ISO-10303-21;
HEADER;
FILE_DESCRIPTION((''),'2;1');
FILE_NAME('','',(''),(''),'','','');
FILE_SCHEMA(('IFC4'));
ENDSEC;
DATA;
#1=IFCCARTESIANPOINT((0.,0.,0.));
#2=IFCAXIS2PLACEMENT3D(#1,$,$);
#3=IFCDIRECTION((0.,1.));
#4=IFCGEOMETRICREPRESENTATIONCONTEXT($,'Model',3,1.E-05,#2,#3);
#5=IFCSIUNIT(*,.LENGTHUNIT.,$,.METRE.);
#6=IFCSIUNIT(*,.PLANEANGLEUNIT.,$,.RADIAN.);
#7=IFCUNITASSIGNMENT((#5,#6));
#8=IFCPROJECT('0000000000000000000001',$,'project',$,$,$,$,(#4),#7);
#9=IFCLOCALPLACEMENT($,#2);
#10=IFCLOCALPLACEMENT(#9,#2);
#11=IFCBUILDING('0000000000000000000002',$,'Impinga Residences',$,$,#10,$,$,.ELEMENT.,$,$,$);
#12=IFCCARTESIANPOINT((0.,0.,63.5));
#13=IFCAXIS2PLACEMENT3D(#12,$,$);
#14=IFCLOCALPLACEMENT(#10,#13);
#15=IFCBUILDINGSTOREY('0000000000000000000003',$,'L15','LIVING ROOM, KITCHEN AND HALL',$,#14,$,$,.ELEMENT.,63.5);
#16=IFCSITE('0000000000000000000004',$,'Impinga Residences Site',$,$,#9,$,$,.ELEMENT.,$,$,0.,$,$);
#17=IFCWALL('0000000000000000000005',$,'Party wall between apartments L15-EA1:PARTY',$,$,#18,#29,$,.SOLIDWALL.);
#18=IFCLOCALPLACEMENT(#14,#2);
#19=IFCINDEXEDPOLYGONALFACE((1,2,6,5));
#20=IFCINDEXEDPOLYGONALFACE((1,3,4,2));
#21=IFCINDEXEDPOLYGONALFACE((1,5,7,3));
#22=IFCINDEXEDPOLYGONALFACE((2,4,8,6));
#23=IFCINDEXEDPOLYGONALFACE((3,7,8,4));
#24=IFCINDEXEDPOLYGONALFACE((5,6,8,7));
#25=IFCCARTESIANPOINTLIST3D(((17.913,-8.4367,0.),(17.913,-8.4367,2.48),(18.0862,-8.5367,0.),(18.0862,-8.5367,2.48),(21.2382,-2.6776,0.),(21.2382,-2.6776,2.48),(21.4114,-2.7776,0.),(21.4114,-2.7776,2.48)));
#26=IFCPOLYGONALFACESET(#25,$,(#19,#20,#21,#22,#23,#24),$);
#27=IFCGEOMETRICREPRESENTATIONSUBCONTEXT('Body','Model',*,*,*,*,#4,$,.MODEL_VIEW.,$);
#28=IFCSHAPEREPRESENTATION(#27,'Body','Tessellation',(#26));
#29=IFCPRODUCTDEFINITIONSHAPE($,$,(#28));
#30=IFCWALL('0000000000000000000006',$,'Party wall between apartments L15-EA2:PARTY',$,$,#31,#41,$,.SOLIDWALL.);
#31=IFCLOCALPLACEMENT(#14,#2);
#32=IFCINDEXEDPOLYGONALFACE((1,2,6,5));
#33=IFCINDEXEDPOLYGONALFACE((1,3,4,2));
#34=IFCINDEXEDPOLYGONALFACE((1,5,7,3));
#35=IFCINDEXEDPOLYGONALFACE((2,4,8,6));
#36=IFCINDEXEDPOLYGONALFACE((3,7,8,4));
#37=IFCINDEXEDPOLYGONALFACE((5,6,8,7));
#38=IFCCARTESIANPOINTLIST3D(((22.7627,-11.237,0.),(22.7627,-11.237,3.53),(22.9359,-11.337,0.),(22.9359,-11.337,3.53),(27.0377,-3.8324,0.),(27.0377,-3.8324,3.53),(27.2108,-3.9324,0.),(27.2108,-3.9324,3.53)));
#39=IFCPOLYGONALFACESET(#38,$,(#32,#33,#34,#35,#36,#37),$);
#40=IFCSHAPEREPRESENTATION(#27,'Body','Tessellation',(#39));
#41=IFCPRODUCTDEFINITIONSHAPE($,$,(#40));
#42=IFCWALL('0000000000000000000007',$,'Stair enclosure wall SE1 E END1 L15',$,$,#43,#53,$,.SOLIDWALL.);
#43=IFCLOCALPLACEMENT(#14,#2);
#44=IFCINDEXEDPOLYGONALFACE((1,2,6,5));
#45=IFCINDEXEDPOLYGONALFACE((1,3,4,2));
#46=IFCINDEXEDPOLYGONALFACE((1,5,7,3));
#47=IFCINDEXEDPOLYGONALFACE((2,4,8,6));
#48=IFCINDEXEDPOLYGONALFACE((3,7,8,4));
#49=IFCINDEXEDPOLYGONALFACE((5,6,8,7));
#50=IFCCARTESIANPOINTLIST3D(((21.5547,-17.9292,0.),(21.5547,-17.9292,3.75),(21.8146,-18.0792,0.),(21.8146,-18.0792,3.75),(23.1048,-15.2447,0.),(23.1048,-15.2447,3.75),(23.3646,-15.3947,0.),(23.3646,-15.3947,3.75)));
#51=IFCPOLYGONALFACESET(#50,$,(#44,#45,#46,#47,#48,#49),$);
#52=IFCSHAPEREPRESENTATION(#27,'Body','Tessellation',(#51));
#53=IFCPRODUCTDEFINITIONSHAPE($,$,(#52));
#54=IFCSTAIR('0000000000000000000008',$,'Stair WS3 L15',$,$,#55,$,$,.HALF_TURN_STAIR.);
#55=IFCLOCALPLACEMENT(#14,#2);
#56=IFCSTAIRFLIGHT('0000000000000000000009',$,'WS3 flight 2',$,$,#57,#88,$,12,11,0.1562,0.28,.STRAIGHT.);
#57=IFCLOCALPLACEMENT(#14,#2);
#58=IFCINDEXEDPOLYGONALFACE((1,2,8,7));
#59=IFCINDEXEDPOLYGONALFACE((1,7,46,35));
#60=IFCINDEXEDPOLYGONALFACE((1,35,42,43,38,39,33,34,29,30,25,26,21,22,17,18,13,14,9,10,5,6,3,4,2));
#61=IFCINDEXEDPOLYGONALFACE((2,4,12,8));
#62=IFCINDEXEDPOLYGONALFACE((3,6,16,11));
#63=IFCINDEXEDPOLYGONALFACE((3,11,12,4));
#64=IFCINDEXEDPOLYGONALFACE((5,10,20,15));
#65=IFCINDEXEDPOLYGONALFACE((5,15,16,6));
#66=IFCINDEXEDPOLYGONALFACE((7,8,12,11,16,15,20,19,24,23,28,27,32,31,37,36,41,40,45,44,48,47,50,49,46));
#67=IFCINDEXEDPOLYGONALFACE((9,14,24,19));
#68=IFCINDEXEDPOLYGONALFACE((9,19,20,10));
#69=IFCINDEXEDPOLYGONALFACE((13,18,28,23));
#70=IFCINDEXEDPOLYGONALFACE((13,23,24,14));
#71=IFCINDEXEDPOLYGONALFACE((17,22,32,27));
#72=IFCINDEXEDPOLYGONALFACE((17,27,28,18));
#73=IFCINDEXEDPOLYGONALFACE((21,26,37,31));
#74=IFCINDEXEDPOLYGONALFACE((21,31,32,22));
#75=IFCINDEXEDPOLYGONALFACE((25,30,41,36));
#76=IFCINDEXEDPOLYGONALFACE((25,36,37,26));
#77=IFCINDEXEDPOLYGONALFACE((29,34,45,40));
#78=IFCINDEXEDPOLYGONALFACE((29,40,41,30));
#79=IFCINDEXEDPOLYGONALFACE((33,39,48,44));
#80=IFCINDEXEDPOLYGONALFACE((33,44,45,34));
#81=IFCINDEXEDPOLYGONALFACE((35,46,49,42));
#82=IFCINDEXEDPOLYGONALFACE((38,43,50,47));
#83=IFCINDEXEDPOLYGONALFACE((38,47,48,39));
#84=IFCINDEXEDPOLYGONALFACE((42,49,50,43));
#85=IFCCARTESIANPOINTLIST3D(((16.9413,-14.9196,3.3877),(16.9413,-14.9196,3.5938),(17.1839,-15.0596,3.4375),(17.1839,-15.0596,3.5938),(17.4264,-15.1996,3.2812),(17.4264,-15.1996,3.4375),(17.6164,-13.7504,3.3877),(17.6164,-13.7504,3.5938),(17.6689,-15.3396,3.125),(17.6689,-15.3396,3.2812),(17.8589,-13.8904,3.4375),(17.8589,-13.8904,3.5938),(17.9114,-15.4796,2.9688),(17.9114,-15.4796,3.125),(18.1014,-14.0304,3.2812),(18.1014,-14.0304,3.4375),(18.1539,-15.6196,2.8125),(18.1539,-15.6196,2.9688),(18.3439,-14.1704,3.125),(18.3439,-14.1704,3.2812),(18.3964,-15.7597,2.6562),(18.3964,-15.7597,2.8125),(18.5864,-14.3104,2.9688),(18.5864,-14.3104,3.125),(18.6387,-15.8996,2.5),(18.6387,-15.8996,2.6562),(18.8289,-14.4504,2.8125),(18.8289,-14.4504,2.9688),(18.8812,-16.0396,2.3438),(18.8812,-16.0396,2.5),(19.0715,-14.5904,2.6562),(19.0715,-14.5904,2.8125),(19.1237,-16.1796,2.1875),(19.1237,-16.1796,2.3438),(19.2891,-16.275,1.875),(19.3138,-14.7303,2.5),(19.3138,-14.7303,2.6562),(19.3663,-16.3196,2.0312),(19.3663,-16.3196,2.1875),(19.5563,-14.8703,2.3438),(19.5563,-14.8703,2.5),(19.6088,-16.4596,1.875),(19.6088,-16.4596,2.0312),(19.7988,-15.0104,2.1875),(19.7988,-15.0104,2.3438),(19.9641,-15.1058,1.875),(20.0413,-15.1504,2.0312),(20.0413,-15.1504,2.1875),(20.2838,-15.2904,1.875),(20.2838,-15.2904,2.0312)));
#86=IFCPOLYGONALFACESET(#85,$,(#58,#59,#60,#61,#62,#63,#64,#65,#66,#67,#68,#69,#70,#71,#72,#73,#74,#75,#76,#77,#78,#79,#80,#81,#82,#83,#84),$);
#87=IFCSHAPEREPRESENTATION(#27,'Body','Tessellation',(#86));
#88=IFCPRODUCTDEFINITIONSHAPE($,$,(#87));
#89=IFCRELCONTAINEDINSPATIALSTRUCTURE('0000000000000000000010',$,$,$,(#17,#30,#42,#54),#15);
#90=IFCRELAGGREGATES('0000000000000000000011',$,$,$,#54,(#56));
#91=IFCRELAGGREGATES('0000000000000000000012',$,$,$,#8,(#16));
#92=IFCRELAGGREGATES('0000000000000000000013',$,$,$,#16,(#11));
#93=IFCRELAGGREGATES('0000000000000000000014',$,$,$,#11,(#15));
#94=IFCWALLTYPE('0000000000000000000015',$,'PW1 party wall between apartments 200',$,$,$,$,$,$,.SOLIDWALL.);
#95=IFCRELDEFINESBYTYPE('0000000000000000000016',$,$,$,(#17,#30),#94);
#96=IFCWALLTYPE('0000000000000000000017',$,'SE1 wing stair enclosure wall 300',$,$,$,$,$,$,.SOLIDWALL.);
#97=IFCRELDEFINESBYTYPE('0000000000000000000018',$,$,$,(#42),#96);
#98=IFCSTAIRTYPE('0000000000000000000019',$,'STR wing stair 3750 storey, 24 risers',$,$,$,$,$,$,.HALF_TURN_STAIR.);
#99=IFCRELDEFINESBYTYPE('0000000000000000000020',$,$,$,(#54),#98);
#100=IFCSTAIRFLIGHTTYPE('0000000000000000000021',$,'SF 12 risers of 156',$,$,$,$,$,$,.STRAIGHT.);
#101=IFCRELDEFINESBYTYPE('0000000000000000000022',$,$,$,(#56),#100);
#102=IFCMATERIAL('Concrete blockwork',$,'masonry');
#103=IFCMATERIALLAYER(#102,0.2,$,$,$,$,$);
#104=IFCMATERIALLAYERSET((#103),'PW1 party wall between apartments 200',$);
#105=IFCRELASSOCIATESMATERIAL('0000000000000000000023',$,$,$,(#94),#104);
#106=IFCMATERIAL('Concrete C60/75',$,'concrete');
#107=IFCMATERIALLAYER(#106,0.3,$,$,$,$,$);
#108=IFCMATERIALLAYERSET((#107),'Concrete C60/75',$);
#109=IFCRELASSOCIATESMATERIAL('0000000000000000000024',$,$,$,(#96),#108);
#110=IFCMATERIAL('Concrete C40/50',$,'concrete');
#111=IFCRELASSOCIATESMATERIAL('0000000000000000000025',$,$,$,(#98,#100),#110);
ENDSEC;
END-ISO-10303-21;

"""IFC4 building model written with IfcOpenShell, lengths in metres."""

from ifc_helpers import new_model, si_unit, direction, frame, frame_2d, origin, place, context, subcontext, project, spatial, polyline, rectangle, outline, extrude, material, layer, layer_set, type_object, element, aggregate, save


model = new_model("IFC4")

# Units and contexts
model_context = context("Model", 3, precision=1e-05, world=origin(), true_north=direction((0.0, 1.0)))
body_context = subcontext(model_context, "Body", "Model", "MODEL_VIEW")
ifc_project = project(units=[si_unit("LENGTHUNIT", "METRE"), si_unit("PLANEANGLEUNIT", "RADIAN")], contexts=[model_context])

# Site, building, storey
site_placement = place(None, origin())
site = spatial("IfcSite", under=ifc_project, at=site_placement, Name="Impinga Residences Site", CompositionType="ELEMENT", RefElevation=0.0)
building_placement = place(site_placement, origin())
building = spatial("IfcBuilding", under=site, at=building_placement, Name="Impinga Residences", CompositionType="ELEMENT")
storey_placement = place(building_placement, frame((0.0, 0.0, 63.5)))
storey = spatial("IfcBuildingStorey", under=building, at=storey_placement, Name="L15", Description="LIVING ROOM, KITCHEN AND HALL", CompositionType="ELEMENT", Elevation=63.5)

# Shared definitions
ifc_material_1 = material(Name="Concrete C60/75", Category="concrete")

# Walls
ifc_material_2 = material(Name="Concrete blockwork", Category="masonry")
ifc_layer_1 = layer(ifc_material_2, 0.2)
ifc_layer_set_1 = layer_set([ifc_layer_1], Name="PW1 party wall between apartments 200")
wall_type_1 = type_object("IfcWallType", Name="PW1 party wall between apartments 200", PredefinedType="SOLIDWALL", material=ifc_layer_set_1)
wall_1_placement = place(storey_placement, frame((17.9995, -8.4868, 0.0), z_axis=(0.0, 0.0, 1.0), x_axis=(0.500024, 0.866011, 0.0)))
element("IfcWall", 1, at=wall_1_placement, inside=storey, type_object=wall_type_1, Name="Party wall between apartments L15-EA1:PARTY", PredefinedType="SOLIDWALL", context=body_context, shape_type="SweptSolid", body=[
    extrude(rectangle(XDim=6.6501, YDim=0.2, at=frame_2d((3.3252, 0.0))), origin(), (0.0, 0.0, 1.0), 2.48),
])
wall_2_placement = place(storey_placement, frame((22.8494, -11.2869, 0.0), z_axis=(0.0, 0.0, 1.0), x_axis=(0.49999, 0.866031, 0.0)))
element("IfcWall", 2, at=wall_2_placement, inside=storey, type_object=wall_type_1, Name="Party wall between apartments L15-EA2:PARTY", PredefinedType="SOLIDWALL", context=body_context, shape_type="SweptSolid", body=[
    extrude(rectangle(XDim=8.55, YDim=0.2, at=frame_2d((4.2749, 0.0))), origin(), (0.0, 0.0, 1.0), 3.53),
])
ifc_layer_2 = layer(ifc_material_1, 0.3)
ifc_layer_set_2 = layer_set([ifc_layer_2], Name="Concrete C60/75")
wall_type_2 = type_object("IfcWallType", Name="SE1 wing stair enclosure wall 300", PredefinedType="SOLIDWALL", material=ifc_layer_set_2)
wall_3_placement = place(storey_placement, frame((23.2346, -15.3198, 0.0), z_axis=(0.0, 0.0, 1.0), x_axis=(-0.500027, -0.86601, 0.0)))
element("IfcWall", 3, at=wall_3_placement, inside=storey, type_object=wall_type_2, Name="Stair enclosure wall SE1 E END1 L15", PredefinedType="SOLIDWALL", context=body_context, shape_type="SweptSolid", body=[
    extrude(rectangle(XDim=3.0999, YDim=0.3, at=frame_2d((1.5498, 0.0))), origin(), (0.0, 0.0, 1.0), 3.75),
])

# Stair, stair flight
ifc_material_3 = material(Name="Concrete C40/50", Category="concrete")
stair_type = type_object("IfcStairType", Name="STR wing stair 3750 storey, 24 risers", PredefinedType="HALF_TURN_STAIR", material=ifc_material_3)
stair_placement = place(storey_placement, origin())
stair = element("IfcStair", 4, at=stair_placement, inside=storey, type_object=stair_type, Name="Stair WS3 L15", PredefinedType="HALF_TURN_STAIR")
stair_flight_type = type_object("IfcStairFlightType", Name="SF 12 risers of 156", PredefinedType="STRAIGHT", material=ifc_material_3)
stair_flight_placement = place(storey_placement, frame((19.9463, -15.875, 1.875), z_axis=(0.0, 0.0, 1.0), x_axis=(-0.866025, 0.5, 0.0)))
stair_flight = element("IfcStairFlight", 5, at=stair_flight_placement, type_object=stair_flight_type, Name="WS3 flight 2", NumberOfRisers=12, NumberOfTreads=11, PredefinedType="STRAIGHT", RiserHeight=0.1562, TreadLength=0.28, context=body_context, shape_type="SweptSolid", body=[
    extrude(outline(polyline([(0.0, 0.0), (0.0, 0.1562), (0.28, 0.1562), (0.28, 0.3125), (0.5601, 0.3125), (0.5601, 0.4688), (0.8401, 0.4688), (0.8401, 0.625), (1.1201, 0.625), (1.1201, 0.7812), (1.3999, 0.7812), (1.3999, 0.9375), (1.6799, 0.9375), (1.6799, 1.0938), (1.96, 1.0938), (1.96, 1.25), (2.24, 1.25), (2.24, 1.4062), (2.52, 1.4062), (2.52, 1.5625), (2.8, 1.5625), (2.8, 1.7188), (3.0801, 1.7188), (3.0801, 1.875), (3.0801, 1.5127), (0.3691, 0.0), (0.0, 0.0)])), frame((0.0, 0.675, 0.0), z_axis=(0.0, -1.0, 0.0), x_axis=(1.0, 0.0, 0.0)), (0.0, 0.0, 1.0), 1.3501),
])
aggregate(stair, [stair_flight])

save(model, "model.ifc")
